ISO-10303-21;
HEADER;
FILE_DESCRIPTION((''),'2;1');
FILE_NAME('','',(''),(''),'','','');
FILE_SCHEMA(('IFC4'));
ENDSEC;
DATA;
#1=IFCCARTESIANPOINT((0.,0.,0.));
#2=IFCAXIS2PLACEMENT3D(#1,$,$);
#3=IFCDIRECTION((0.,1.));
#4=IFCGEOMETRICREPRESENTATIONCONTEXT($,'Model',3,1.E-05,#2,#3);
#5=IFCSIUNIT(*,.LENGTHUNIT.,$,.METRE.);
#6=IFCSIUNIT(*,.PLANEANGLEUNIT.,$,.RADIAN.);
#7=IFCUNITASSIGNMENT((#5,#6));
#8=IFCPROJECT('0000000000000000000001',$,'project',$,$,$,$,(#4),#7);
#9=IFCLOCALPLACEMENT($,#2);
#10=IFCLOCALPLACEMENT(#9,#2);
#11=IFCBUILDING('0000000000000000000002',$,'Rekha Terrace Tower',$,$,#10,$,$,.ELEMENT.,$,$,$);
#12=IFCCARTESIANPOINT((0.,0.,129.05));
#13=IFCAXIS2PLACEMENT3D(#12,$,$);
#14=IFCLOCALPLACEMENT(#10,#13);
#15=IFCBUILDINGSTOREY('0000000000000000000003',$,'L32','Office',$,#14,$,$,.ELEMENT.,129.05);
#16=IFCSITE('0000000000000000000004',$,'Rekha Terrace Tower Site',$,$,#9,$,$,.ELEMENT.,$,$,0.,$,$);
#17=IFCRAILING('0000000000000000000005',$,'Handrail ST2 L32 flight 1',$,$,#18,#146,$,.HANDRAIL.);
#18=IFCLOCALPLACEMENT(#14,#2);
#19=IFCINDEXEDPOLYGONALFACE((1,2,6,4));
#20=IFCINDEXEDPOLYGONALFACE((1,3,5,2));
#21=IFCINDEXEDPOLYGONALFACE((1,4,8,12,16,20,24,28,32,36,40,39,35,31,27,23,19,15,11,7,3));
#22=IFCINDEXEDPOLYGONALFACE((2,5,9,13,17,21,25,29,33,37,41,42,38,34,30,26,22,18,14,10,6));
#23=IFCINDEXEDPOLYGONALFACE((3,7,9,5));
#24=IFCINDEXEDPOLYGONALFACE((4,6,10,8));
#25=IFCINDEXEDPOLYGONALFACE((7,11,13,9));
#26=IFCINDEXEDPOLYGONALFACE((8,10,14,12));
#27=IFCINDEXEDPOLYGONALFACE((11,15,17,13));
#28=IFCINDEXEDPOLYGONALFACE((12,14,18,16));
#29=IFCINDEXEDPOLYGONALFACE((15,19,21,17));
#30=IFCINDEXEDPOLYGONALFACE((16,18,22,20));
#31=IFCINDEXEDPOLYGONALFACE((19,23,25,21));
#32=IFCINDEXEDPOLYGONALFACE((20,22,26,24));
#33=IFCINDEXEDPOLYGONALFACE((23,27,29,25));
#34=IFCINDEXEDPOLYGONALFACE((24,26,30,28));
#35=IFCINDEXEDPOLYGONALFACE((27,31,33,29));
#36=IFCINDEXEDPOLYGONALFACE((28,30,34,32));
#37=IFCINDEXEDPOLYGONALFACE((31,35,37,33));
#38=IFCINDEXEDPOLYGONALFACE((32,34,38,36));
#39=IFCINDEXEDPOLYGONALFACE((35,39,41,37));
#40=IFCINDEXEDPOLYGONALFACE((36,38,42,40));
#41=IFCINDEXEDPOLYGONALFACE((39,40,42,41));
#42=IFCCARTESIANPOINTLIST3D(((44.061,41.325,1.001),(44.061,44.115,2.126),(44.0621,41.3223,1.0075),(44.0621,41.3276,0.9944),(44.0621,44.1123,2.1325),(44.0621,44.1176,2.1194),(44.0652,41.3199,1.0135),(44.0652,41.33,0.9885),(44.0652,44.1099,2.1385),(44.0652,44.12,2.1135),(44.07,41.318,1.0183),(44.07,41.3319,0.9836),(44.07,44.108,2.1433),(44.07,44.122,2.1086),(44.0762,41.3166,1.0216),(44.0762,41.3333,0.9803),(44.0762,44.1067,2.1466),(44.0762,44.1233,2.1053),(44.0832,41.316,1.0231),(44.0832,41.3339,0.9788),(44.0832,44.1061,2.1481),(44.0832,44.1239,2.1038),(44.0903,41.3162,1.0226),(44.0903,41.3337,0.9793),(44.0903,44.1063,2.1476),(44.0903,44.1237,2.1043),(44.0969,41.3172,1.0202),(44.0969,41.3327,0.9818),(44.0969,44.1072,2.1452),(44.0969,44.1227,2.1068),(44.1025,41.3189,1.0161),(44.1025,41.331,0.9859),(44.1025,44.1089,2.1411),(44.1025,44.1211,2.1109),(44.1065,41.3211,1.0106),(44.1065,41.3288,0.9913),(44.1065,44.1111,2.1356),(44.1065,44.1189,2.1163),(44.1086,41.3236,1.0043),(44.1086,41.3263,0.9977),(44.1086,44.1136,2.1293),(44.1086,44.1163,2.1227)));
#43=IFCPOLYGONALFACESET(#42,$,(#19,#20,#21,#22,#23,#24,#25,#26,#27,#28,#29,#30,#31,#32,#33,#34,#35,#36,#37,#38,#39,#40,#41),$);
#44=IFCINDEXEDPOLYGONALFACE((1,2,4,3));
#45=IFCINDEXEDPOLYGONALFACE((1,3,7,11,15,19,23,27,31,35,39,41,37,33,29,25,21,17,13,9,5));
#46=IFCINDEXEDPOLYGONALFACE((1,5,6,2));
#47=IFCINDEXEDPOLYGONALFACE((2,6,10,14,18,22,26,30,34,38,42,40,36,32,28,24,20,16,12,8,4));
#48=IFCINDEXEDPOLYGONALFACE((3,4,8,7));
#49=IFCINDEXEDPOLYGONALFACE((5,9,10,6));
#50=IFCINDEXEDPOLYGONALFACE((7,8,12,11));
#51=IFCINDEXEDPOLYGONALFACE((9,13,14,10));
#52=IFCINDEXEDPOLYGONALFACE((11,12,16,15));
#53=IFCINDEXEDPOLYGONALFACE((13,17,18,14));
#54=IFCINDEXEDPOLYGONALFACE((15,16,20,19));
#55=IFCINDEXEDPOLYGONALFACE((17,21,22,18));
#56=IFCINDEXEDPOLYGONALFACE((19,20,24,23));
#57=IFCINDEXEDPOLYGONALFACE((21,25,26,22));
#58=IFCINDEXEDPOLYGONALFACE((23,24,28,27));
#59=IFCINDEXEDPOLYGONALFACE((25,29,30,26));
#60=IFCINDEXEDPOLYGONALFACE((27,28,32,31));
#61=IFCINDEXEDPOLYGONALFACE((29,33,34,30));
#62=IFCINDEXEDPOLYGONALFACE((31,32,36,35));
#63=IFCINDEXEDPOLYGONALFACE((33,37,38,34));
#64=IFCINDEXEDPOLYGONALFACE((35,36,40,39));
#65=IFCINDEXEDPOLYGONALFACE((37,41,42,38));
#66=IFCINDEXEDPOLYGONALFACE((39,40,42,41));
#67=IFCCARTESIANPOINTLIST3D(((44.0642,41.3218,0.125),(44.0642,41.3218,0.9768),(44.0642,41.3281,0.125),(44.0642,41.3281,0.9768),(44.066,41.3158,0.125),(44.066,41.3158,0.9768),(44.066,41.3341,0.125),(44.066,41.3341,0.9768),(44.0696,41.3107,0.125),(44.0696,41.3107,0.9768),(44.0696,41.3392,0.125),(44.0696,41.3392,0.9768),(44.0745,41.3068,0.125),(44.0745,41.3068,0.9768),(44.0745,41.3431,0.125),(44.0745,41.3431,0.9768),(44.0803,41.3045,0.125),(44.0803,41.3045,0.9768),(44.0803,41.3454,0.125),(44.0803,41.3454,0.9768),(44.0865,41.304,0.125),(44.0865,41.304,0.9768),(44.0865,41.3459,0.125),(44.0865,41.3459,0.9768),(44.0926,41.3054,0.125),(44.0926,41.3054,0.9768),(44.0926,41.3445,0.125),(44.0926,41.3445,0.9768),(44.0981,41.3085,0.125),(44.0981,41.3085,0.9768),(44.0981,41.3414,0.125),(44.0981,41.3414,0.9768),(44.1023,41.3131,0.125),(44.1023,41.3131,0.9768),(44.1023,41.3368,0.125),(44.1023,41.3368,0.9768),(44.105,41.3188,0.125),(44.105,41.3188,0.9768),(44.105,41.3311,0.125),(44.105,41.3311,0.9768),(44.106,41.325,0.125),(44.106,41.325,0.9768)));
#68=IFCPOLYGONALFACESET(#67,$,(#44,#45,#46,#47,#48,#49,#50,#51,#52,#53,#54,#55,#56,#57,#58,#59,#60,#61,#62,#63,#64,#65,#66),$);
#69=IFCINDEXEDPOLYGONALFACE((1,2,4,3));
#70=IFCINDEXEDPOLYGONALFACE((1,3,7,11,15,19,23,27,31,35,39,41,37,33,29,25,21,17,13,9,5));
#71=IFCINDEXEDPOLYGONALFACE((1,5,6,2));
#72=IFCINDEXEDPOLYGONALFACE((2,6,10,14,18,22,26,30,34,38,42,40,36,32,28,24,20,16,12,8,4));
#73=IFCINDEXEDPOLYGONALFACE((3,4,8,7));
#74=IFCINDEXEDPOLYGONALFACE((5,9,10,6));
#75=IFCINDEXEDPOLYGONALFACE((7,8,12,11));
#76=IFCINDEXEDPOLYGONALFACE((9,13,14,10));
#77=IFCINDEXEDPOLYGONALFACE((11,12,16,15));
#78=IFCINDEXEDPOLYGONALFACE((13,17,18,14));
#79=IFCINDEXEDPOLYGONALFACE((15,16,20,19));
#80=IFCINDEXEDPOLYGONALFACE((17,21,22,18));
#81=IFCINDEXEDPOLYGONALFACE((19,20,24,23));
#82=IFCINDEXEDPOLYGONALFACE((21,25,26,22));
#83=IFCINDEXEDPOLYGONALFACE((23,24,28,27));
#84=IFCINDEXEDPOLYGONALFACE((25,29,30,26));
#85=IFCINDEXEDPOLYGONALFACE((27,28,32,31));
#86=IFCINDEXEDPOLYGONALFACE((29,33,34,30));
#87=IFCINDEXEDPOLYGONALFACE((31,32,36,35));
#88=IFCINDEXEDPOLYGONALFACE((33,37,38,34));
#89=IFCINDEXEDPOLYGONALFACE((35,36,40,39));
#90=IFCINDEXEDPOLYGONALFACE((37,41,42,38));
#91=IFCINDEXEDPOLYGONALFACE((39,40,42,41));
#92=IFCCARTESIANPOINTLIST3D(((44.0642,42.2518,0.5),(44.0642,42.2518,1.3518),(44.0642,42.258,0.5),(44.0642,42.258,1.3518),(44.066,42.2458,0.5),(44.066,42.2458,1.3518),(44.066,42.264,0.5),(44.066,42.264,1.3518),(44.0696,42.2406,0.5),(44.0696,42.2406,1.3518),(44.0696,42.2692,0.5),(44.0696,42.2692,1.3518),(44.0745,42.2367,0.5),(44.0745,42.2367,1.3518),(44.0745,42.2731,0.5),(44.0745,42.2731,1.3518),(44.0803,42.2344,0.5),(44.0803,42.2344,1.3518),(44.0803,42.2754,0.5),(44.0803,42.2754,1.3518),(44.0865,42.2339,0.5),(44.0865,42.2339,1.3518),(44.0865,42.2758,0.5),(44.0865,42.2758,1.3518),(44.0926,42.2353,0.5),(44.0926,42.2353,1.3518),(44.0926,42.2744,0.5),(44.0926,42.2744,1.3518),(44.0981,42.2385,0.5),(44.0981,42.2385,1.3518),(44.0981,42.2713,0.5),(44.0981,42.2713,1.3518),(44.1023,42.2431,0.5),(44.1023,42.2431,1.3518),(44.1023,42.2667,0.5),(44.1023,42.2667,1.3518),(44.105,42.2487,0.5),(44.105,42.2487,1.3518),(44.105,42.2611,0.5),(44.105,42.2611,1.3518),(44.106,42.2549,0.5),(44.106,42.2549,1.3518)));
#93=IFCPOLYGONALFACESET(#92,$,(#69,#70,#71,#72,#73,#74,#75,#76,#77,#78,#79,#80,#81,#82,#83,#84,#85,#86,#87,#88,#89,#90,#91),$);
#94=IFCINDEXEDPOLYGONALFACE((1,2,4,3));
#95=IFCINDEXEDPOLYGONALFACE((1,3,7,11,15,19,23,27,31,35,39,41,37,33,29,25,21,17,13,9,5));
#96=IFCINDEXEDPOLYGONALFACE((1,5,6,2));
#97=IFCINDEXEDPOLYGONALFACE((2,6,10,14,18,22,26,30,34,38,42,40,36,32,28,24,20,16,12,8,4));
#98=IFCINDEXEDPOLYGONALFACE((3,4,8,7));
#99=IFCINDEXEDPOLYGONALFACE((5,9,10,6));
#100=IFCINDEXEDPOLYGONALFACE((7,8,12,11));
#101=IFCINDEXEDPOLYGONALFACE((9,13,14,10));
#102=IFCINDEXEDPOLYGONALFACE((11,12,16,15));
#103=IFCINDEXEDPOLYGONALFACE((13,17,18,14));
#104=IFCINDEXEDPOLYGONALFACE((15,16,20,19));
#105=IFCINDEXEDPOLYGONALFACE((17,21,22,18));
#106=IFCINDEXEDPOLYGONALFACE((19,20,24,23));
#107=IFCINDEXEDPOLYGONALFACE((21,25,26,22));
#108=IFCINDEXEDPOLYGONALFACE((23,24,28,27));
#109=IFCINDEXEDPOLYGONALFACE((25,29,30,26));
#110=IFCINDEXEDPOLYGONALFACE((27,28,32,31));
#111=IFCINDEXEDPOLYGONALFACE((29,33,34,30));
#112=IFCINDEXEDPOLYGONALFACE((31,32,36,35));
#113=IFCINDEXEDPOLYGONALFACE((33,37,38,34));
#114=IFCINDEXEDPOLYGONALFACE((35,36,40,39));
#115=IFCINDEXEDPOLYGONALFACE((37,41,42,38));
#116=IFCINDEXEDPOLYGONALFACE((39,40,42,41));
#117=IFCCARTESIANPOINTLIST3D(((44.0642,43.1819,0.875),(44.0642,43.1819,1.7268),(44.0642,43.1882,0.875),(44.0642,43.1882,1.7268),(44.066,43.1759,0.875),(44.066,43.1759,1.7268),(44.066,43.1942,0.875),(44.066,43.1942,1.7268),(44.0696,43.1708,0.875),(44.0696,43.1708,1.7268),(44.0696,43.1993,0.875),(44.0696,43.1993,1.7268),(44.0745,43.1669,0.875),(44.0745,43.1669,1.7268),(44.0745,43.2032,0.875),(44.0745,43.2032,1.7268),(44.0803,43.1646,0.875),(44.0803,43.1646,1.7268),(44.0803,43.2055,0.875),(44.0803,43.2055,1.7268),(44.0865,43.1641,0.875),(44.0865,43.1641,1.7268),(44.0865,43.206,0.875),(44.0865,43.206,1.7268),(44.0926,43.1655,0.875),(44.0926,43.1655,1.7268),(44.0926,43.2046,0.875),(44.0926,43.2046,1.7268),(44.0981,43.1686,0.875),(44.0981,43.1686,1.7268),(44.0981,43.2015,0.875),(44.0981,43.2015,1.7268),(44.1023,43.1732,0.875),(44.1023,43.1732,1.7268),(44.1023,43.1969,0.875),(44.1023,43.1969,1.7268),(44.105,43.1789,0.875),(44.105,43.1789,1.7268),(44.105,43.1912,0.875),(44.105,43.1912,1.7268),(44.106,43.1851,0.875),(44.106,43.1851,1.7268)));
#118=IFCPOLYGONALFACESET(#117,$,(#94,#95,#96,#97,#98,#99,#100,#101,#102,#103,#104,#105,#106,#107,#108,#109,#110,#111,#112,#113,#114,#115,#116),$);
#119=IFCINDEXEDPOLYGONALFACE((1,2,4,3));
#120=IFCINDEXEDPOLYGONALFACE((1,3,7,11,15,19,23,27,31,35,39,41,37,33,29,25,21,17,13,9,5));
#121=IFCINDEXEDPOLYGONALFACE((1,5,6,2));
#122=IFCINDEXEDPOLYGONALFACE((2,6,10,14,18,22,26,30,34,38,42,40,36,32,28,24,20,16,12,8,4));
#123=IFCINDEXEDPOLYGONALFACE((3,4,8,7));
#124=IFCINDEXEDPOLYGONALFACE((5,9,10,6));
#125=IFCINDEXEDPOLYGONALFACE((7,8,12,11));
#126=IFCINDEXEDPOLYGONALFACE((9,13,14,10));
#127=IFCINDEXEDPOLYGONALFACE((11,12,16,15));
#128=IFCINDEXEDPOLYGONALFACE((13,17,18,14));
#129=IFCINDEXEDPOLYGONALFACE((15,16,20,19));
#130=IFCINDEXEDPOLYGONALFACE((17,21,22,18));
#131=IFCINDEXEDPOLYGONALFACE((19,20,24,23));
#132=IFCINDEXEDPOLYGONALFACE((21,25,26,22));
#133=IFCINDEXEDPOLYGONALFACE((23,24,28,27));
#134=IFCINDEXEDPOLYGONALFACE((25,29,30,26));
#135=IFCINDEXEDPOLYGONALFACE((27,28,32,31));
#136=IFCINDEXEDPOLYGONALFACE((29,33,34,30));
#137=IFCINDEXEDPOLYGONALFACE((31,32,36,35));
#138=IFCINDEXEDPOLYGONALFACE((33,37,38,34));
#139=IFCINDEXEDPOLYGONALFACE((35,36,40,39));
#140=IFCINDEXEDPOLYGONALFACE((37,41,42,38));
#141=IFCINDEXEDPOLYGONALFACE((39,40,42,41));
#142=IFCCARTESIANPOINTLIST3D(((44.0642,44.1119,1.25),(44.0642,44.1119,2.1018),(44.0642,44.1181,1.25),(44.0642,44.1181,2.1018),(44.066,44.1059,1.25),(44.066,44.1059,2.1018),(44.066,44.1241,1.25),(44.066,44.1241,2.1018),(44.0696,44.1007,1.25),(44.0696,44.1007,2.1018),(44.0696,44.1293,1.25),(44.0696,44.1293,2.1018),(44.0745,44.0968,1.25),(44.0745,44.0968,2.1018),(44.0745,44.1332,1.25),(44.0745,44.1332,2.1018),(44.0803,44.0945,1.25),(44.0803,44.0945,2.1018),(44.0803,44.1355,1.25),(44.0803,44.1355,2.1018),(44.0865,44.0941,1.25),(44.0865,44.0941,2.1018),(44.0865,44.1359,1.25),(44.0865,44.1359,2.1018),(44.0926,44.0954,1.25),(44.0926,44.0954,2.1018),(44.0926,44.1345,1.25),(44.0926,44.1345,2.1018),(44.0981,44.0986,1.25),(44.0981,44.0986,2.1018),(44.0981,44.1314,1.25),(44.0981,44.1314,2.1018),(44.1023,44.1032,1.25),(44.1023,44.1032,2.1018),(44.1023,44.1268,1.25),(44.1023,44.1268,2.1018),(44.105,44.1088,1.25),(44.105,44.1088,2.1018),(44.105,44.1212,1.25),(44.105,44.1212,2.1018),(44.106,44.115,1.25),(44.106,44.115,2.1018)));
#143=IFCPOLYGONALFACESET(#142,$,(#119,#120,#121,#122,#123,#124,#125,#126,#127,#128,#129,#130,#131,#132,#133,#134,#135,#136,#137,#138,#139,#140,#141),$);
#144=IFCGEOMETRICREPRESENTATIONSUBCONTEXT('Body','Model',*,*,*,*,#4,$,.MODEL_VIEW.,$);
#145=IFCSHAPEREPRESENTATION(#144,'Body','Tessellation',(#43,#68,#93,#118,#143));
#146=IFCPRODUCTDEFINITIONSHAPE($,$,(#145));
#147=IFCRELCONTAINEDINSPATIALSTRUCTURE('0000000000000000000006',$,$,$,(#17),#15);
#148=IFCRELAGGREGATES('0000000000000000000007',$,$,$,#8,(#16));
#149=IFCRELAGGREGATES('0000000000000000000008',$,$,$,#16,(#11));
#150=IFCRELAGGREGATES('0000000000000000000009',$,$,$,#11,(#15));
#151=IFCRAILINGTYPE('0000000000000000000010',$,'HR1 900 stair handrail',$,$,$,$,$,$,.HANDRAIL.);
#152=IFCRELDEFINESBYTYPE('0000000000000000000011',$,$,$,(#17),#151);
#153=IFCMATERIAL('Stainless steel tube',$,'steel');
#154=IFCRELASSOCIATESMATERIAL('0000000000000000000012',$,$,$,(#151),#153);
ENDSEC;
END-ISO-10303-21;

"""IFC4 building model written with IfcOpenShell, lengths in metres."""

from ifc_helpers import new_model, si_unit, direction, frame, origin, origin_2d, place, context, subcontext, project, spatial, circle, extrude, material, type_object, element, save


model = new_model("IFC4")

# Units and contexts
model_context = context("Model", 3, precision=1e-05, world=origin(), true_north=direction((0.0, 1.0)))
body_context = subcontext(model_context, "Body", "Model", "MODEL_VIEW")
ifc_project = project(units=[si_unit("LENGTHUNIT", "METRE"), si_unit("PLANEANGLEUNIT", "RADIAN")], contexts=[model_context])

# Site, building, storey
site_placement = place(None, origin())
site = spatial("IfcSite", under=ifc_project, at=site_placement, Name="Rekha Terrace Tower Site", CompositionType="ELEMENT", RefElevation=0.0)
building_placement = place(site_placement, origin())
building = spatial("IfcBuilding", under=site, at=building_placement, Name="Rekha Terrace Tower", CompositionType="ELEMENT")
storey_placement = place(building_placement, frame((0.0, 0.0, 129.05)))
storey = spatial("IfcBuildingStorey", under=building, at=storey_placement, Name="L32", Description="Office", CompositionType="ELEMENT", Elevation=129.05)

# Railing
ifc_material_1 = material(Name="Stainless steel tube", Category="steel")
railing_type_1 = type_object("IfcRailingType", Name="HR1 900 stair handrail", PredefinedType="HANDRAIL", material=ifc_material_1)
for number, where, name in (
    (1, (44.085, 41.325, 0.125), "Handrail ST2 L32 flight 1"),
):
    element("IfcRailing", number, at=place(storey_placement, frame(where)), inside=storey, type_object=railing_type_1, Name=name, PredefinedType="HANDRAIL", context=body_context, shape_type="SweptSolid", body=[
        extrude(circle(Radius=0.0239, at=origin_2d()), frame((0.0, 0.0, 0.876), z_axis=(0.0, 0.927443, 0.373964), x_axis=(-1.0, 0.0, 0.0)), (0.0, 0.0, 1.0), 3.0083),
        extrude(circle(Radius=0.021, at=origin_2d()), origin(), (0.0, 0.0, 1.0), 0.8518),
        extrude(circle(Radius=0.021, at=origin_2d()), frame((0.0, 0.9299, 0.375)), (0.0, 0.0, 1.0), 0.8518),
        extrude(circle(Radius=0.021, at=origin_2d()), frame((0.0, 1.8601, 0.75)), (0.0, 0.0, 1.0), 0.8518),
        extrude(circle(Radius=0.021, at=origin_2d()), frame((0.0, 2.79, 1.125)), (0.0, 0.0, 1.0), 0.8518),
    ])

save(model, "model.ifc")
